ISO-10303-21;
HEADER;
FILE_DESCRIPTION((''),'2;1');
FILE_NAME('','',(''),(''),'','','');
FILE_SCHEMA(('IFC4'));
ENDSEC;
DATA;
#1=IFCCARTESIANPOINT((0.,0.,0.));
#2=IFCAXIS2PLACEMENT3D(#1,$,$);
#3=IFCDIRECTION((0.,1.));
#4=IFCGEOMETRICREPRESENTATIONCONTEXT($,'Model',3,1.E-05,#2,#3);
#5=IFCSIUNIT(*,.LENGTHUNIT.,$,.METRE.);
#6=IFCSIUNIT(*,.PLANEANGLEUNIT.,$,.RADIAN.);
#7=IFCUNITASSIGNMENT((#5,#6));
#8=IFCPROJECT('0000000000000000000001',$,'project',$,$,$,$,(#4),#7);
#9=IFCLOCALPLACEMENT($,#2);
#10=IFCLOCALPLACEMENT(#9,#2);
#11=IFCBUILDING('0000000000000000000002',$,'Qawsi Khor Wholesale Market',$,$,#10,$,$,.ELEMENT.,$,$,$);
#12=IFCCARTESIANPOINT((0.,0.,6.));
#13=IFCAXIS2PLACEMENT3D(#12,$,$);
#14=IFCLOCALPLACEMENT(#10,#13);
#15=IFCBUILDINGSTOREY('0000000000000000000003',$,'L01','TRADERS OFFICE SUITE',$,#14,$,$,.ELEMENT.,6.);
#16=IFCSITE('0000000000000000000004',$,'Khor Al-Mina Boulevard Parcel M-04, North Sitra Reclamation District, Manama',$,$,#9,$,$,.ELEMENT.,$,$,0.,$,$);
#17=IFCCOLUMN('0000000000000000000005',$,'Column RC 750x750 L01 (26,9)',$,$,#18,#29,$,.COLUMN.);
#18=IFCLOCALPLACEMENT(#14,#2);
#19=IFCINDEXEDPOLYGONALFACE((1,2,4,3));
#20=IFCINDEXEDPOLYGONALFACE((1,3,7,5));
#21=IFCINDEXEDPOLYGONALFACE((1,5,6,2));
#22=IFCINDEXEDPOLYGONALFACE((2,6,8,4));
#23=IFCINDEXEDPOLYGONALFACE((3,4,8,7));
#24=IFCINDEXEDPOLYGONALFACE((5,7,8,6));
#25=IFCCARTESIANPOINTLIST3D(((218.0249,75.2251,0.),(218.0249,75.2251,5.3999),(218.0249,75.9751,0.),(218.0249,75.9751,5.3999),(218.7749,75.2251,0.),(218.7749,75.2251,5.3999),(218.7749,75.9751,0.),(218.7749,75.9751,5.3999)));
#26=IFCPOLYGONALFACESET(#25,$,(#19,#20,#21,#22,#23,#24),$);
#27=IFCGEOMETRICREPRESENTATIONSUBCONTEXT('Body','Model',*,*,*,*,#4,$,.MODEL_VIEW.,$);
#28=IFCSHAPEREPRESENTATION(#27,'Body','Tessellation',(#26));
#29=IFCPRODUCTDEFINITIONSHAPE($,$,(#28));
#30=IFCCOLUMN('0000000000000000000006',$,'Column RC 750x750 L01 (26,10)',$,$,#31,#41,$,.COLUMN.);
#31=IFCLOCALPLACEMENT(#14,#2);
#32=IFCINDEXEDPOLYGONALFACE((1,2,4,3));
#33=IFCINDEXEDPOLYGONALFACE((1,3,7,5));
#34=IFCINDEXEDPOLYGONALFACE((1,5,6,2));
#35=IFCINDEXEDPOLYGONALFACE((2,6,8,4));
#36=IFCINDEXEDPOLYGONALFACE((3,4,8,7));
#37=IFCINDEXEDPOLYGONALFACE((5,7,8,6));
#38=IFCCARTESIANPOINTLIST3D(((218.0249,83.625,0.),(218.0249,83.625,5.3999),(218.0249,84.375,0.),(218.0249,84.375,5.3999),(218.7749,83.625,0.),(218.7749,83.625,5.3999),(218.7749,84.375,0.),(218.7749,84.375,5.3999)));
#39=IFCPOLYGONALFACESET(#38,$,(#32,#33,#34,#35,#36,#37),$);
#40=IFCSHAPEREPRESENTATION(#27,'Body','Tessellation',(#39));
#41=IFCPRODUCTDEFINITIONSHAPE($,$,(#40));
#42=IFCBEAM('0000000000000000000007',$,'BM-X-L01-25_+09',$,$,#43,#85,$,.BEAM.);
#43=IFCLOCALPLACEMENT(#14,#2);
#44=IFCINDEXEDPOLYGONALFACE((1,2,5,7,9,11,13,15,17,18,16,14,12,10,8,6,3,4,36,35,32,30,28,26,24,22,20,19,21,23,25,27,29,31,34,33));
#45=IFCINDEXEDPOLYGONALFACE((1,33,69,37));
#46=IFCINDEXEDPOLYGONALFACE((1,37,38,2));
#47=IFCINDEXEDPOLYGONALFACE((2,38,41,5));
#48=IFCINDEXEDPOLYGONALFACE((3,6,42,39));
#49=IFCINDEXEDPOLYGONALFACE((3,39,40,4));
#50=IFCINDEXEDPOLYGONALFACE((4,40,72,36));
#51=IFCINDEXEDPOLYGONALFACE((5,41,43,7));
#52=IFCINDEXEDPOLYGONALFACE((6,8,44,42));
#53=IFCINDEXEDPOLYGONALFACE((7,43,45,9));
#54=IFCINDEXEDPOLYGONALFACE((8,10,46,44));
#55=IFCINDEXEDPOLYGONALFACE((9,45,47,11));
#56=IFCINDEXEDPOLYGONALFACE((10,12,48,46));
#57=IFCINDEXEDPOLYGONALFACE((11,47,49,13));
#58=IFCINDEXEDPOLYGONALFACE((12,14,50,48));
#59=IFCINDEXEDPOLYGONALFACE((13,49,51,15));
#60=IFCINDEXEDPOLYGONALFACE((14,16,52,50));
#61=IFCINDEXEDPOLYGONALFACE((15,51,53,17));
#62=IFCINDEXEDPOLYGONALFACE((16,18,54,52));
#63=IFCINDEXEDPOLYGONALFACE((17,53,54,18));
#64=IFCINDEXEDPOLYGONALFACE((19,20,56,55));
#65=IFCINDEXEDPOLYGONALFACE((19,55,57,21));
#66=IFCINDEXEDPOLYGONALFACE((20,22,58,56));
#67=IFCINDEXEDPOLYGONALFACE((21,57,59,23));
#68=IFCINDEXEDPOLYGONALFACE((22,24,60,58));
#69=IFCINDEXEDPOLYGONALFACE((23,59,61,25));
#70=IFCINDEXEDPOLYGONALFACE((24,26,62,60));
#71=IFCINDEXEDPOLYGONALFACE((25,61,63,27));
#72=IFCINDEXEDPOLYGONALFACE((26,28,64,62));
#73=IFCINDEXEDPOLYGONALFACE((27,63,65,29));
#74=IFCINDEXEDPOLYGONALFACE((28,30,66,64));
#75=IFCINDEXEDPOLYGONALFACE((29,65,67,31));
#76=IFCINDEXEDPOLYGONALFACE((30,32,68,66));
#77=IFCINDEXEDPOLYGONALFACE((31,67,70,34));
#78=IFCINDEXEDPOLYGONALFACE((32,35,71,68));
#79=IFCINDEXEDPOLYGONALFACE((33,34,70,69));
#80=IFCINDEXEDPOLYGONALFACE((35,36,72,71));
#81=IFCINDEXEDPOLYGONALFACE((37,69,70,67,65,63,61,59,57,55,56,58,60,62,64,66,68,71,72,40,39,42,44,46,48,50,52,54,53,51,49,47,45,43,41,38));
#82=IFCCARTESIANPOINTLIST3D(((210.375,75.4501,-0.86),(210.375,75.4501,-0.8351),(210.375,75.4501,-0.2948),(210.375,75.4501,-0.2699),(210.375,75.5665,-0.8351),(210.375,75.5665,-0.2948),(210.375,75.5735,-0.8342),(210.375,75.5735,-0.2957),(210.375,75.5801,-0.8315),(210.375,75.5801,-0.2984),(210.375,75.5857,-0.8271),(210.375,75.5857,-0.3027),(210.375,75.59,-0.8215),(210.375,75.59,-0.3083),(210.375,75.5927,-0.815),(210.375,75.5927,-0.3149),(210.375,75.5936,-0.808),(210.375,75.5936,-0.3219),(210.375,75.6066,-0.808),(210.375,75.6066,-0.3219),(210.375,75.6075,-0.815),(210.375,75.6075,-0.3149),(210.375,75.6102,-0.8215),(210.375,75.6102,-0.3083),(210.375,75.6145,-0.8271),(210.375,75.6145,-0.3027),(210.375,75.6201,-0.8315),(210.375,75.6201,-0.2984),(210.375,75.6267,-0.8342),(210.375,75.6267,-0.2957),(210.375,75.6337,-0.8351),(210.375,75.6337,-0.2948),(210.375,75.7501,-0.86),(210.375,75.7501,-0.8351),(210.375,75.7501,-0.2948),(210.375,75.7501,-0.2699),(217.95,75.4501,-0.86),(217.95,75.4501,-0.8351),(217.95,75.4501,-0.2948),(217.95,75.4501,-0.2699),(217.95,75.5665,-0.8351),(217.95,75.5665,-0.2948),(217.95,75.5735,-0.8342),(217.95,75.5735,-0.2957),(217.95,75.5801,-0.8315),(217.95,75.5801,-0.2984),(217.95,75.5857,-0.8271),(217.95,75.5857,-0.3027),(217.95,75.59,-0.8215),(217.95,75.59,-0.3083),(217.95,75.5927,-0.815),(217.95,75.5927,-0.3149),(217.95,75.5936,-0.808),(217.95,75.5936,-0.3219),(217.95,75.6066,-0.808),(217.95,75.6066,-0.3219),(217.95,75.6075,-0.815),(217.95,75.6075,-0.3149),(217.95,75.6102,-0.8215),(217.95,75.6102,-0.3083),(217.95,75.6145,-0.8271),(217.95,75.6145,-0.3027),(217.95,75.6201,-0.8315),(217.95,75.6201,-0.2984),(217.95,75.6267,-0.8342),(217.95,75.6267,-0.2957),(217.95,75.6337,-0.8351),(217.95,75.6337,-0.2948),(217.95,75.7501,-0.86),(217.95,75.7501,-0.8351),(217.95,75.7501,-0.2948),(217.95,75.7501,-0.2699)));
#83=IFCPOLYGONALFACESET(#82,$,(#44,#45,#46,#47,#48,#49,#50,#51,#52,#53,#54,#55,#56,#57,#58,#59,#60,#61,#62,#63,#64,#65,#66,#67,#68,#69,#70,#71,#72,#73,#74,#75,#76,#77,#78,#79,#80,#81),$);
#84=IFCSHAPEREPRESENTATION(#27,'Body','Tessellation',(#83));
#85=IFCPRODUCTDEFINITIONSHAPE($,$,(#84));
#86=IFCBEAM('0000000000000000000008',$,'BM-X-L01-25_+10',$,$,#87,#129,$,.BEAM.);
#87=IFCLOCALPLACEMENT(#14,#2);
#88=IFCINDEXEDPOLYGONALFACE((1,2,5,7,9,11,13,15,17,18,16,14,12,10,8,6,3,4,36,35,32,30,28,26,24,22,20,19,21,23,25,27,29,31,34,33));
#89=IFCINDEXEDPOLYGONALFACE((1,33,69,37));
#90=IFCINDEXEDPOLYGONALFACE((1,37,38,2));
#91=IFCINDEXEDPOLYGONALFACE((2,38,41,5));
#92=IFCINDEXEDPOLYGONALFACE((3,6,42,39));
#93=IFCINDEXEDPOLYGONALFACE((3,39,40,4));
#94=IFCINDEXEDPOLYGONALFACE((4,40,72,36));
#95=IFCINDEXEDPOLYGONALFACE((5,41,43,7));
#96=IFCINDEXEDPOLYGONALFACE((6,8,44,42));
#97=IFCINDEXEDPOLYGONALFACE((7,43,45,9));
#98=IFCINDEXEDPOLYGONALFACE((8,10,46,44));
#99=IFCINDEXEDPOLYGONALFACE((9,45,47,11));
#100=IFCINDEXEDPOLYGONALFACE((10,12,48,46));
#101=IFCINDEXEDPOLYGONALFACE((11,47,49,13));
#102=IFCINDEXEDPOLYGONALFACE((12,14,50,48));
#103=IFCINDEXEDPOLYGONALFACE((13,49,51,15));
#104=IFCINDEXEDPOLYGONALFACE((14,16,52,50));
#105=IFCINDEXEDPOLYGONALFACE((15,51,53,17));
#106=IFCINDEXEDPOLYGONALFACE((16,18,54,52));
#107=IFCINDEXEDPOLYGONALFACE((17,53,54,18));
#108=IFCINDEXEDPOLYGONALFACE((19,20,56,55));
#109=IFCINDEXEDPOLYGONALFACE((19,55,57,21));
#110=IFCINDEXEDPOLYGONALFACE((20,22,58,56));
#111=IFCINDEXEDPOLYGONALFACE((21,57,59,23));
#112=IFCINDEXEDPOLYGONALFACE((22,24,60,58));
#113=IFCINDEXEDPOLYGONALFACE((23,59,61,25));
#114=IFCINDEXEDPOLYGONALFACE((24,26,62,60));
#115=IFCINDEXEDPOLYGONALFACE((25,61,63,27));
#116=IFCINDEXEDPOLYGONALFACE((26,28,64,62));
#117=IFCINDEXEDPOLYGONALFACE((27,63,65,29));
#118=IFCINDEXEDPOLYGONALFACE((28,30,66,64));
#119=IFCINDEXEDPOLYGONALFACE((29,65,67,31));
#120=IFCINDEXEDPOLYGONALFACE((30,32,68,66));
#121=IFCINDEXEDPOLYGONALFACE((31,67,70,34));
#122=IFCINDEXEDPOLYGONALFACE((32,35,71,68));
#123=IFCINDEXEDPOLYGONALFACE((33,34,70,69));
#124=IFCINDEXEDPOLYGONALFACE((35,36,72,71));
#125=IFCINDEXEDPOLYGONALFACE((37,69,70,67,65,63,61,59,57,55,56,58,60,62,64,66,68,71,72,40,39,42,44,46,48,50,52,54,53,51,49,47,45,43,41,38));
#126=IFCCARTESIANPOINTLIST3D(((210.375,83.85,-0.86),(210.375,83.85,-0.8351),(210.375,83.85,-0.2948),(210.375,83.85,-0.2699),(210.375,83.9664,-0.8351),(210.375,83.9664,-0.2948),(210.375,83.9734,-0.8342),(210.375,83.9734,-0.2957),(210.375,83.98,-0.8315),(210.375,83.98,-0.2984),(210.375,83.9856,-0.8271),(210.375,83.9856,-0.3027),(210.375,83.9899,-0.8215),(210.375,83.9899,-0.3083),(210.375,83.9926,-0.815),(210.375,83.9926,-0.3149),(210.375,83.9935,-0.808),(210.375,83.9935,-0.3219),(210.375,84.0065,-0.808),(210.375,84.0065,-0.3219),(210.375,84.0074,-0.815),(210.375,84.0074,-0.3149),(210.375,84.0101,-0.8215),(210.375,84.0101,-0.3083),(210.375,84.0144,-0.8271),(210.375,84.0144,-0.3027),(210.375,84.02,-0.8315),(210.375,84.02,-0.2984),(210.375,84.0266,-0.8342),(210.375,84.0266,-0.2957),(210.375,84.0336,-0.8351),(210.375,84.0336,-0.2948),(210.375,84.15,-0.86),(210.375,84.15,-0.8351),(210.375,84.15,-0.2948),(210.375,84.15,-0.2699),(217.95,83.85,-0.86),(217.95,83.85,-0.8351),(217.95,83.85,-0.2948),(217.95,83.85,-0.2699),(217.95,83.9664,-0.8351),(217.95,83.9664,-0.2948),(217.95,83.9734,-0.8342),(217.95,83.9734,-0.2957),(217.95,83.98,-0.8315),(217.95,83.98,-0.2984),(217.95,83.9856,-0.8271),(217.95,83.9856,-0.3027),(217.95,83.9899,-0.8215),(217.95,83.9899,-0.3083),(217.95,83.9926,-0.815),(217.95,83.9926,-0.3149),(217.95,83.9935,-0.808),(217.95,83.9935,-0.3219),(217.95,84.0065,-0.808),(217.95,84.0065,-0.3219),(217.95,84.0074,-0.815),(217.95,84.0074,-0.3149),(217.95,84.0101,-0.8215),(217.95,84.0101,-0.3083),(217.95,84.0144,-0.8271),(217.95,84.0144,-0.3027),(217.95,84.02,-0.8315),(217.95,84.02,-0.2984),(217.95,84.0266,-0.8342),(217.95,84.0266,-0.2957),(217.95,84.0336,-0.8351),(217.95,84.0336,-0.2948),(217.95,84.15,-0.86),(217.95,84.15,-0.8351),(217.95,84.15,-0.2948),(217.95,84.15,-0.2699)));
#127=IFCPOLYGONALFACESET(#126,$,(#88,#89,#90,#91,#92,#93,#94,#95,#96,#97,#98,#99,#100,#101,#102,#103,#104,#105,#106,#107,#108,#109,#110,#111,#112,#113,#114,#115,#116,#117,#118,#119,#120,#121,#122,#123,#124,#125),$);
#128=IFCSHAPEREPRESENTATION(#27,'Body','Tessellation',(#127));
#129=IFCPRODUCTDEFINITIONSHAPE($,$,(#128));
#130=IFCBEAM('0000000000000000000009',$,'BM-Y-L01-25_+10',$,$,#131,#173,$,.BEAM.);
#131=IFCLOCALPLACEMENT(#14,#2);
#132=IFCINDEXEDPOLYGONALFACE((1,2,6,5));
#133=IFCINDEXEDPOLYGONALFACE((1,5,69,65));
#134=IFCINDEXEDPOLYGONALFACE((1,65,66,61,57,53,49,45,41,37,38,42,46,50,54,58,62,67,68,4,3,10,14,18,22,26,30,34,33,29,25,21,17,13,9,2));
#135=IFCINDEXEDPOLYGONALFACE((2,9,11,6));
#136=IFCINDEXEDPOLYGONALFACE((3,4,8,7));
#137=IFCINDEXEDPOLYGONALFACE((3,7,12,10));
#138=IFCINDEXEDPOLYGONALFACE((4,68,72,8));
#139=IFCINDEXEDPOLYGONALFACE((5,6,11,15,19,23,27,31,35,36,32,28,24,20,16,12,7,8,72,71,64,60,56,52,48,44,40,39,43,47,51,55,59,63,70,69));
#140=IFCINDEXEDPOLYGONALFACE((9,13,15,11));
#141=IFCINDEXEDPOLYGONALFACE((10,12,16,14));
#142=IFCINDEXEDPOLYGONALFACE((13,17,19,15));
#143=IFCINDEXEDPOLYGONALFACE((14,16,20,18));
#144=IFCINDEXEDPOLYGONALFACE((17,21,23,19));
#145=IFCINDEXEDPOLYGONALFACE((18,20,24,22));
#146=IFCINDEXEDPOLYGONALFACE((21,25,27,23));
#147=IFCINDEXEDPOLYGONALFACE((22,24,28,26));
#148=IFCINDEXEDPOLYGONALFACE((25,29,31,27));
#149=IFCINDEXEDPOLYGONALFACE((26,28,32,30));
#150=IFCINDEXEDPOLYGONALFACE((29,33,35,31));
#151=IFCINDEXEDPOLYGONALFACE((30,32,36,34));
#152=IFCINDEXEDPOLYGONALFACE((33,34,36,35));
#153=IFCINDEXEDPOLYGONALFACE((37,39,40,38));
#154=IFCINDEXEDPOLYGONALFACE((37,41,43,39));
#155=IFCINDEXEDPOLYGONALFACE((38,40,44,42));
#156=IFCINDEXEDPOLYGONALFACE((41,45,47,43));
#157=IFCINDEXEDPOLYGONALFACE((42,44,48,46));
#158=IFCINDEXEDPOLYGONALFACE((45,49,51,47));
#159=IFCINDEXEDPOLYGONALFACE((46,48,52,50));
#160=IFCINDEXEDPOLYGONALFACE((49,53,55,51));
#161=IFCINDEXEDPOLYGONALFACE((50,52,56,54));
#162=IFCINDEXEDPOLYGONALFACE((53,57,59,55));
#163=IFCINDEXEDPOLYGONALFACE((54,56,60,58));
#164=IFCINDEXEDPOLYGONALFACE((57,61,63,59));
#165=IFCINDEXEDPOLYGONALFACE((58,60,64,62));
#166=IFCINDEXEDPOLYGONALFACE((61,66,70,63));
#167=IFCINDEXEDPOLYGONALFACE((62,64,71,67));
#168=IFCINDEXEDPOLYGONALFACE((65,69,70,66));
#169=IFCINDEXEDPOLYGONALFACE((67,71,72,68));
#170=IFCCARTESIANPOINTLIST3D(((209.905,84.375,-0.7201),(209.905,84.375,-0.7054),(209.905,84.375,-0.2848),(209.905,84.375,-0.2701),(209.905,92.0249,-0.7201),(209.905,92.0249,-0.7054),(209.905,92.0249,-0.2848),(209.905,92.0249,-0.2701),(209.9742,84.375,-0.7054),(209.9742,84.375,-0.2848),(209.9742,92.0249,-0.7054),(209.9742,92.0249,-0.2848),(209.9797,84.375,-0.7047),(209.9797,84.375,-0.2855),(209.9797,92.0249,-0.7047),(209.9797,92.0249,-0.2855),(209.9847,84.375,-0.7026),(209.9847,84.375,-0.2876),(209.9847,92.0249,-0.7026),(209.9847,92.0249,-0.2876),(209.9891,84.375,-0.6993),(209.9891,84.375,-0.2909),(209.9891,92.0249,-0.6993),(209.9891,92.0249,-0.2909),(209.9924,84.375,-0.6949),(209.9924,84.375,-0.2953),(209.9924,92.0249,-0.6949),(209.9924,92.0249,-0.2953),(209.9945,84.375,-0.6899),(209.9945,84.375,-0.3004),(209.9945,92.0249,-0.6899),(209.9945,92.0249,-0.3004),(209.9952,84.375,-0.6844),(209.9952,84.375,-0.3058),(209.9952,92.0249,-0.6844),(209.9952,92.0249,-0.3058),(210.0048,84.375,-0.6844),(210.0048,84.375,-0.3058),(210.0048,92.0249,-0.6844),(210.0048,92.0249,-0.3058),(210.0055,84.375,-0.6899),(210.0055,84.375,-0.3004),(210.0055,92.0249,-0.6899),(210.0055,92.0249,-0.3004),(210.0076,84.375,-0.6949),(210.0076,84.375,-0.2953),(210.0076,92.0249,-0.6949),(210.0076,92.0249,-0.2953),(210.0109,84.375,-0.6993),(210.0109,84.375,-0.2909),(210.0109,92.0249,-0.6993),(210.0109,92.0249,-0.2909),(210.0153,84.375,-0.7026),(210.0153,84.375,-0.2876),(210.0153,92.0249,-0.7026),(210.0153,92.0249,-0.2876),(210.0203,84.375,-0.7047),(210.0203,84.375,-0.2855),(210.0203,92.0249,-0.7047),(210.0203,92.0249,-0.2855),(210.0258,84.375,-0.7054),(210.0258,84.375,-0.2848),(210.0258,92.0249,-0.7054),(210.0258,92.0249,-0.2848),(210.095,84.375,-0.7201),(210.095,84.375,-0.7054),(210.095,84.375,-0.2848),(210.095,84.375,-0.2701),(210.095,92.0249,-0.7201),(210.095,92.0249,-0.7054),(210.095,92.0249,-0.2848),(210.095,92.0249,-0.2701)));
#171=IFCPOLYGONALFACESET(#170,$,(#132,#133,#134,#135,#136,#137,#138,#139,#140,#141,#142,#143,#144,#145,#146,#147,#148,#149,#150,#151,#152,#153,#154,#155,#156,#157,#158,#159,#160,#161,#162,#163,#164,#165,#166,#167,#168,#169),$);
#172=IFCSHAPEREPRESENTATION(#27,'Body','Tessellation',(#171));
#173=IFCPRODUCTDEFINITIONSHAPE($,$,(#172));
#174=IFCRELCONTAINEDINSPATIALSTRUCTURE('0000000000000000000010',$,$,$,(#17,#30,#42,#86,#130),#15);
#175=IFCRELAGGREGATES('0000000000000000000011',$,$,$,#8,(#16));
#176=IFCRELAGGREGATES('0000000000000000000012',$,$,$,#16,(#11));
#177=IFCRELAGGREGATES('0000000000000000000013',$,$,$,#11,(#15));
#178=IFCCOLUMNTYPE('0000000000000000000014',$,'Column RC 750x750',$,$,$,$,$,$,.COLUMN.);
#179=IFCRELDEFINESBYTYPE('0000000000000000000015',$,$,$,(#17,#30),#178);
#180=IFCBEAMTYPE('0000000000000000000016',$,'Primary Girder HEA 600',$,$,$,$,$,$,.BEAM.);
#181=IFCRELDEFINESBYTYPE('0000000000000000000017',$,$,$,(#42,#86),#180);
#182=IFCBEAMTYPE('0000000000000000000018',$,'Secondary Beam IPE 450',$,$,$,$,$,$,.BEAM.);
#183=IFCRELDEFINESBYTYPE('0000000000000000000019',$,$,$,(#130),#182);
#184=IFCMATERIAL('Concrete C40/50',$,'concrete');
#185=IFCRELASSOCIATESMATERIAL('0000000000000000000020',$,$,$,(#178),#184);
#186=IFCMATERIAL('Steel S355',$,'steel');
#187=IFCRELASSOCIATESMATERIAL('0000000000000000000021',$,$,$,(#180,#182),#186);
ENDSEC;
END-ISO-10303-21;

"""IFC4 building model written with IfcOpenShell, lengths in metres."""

from ifc_helpers import new_model, si_unit, direction, frame, origin, origin_2d, place, context, subcontext, project, spatial, rectangle, i_section, extrude, material, material_profile, profile_set, type_object, element, save


model = new_model("IFC4")

# Units and contexts
model_context = context("Model", 3, precision=1e-05, world=origin(), true_north=direction((0.0, 1.0)))
body_context = subcontext(model_context, "Body", "Model", "MODEL_VIEW")
ifc_project = project(units=[si_unit("LENGTHUNIT", "METRE"), si_unit("PLANEANGLEUNIT", "RADIAN")], contexts=[model_context])

# Site, building, storey
site_placement = place(None, origin())
site = spatial("IfcSite", under=ifc_project, at=site_placement, Name="Khor Al-Mina Boulevard Parcel M-04, North Sitra Reclamation District, Manama", CompositionType="ELEMENT", RefElevation=0.0)
building_placement = place(site_placement, origin())
building = spatial("IfcBuilding", under=site, at=building_placement, Name="Qawsi Khor Wholesale Market", CompositionType="ELEMENT")
storey_placement = place(building_placement, frame((0.0, 0.0, 6.0)))
storey = spatial("IfcBuildingStorey", under=building, at=storey_placement, Name="L01", Description="TRADERS OFFICE SUITE", CompositionType="ELEMENT", Elevation=6.0)

# Columns
ifc_material_1 = material(Name="Concrete C40/50", Category="concrete")
ifc_material_profile_1 = material_profile(ifc_material_1, rectangle(XDim=0.75, YDim=0.75, at=origin_2d()), Name="RC 750x750")
ifc_profile_set_1 = profile_set([ifc_material_profile_1], Name="Concrete C40/50")
column_type = type_object("IfcColumnType", Name="Column RC 750x750", PredefinedType="COLUMN", material=ifc_profile_set_1)
for number, where, z_axis, x_axis, name in (
    (1, (218.3999, 75.6001, 0.0), (0.0, 0.0, 1.0), (1.0, 0.0, 0.0), "Column RC 750x750 L01 (26,9)"),
    (2, (218.3999, 84.0, 0.0), (0.0, 0.0, 1.0), (1.0, 0.0, 0.0), "Column RC 750x750 L01 (26,10)"),
):
    element("IfcColumn", number, at=place(storey_placement, frame(where, z_axis=z_axis, x_axis=x_axis)), inside=storey, type_object=column_type, Name=name, PredefinedType="COLUMN", context=body_context, shape_type="SweptSolid", body=[
        extrude(rectangle(XDim=0.75, YDim=0.75, at=origin_2d()), origin(), (0.0, 0.0, 1.0), 5.3999),
    ])

# Beams
ifc_material_2 = material(Name="Steel S355", Category="steel")
ifc_material_profile_2 = material_profile(ifc_material_2, i_section(OverallWidth=0.3, OverallDepth=0.5901, WebThickness=0.0129, FlangeThickness=0.0249, FilletRadius=0.0271, at=origin_2d()), Name="HEA 600")
ifc_profile_set_2 = profile_set([ifc_material_profile_2], Name="Steel S355")
beam_type_1 = type_object("IfcBeamType", Name="Primary Girder HEA 600", PredefinedType="BEAM", material=ifc_profile_set_2)
for number, where, z_axis, x_axis, name in (
    (3, (210.375, 75.6001, -0.5649), (1.0, 0.0, 0.0), (0.0, 1.0, 0.0), "BM-X-L01-25_+09"),
    (4, (210.375, 84.0, -0.5649), (1.0, 0.0, 0.0), (0.0, 1.0, 0.0), "BM-X-L01-25_+10"),
):
    element("IfcBeam", number, at=place(storey_placement, frame(where, z_axis=z_axis, x_axis=x_axis)), inside=storey, type_object=beam_type_1, Name=name, PredefinedType="BEAM", context=body_context, shape_type="SweptSolid", body=[
        extrude(i_section(OverallWidth=0.3, OverallDepth=0.5901, WebThickness=0.0129, FlangeThickness=0.0249, FilletRadius=0.0271, at=origin_2d()), origin(), (0.0, 0.0, 1.0), 7.575),
    ])
ifc_material_profile_3 = material_profile(ifc_material_2, i_section(OverallWidth=0.1899, OverallDepth=0.45, WebThickness=0.0095, FlangeThickness=0.0146, FilletRadius=0.021, at=origin_2d()), Name="IPE 450")
ifc_profile_set_3 = profile_set([ifc_material_profile_3], Name="Steel S355")
beam_type_2 = type_object("IfcBeamType", Name="Secondary Beam IPE 450", PredefinedType="BEAM", material=ifc_profile_set_3)
beam_placement = place(storey_placement, frame((210.0, 84.375, -0.4951), z_axis=(0.0, 1.0, 0.0), x_axis=(-1.0, 0.0, 0.0)))
element("IfcBeam", 5, at=beam_placement, inside=storey, type_object=beam_type_2, Name="BM-Y-L01-25_+10", PredefinedType="BEAM", context=body_context, shape_type="SweptSolid", body=[
    extrude(i_section(OverallWidth=0.1899, OverallDepth=0.45, WebThickness=0.0095, FlangeThickness=0.0146, FilletRadius=0.021, at=origin_2d()), origin(), (0.0, 0.0, 1.0), 7.6499),
])

save(model, "model.ifc")
